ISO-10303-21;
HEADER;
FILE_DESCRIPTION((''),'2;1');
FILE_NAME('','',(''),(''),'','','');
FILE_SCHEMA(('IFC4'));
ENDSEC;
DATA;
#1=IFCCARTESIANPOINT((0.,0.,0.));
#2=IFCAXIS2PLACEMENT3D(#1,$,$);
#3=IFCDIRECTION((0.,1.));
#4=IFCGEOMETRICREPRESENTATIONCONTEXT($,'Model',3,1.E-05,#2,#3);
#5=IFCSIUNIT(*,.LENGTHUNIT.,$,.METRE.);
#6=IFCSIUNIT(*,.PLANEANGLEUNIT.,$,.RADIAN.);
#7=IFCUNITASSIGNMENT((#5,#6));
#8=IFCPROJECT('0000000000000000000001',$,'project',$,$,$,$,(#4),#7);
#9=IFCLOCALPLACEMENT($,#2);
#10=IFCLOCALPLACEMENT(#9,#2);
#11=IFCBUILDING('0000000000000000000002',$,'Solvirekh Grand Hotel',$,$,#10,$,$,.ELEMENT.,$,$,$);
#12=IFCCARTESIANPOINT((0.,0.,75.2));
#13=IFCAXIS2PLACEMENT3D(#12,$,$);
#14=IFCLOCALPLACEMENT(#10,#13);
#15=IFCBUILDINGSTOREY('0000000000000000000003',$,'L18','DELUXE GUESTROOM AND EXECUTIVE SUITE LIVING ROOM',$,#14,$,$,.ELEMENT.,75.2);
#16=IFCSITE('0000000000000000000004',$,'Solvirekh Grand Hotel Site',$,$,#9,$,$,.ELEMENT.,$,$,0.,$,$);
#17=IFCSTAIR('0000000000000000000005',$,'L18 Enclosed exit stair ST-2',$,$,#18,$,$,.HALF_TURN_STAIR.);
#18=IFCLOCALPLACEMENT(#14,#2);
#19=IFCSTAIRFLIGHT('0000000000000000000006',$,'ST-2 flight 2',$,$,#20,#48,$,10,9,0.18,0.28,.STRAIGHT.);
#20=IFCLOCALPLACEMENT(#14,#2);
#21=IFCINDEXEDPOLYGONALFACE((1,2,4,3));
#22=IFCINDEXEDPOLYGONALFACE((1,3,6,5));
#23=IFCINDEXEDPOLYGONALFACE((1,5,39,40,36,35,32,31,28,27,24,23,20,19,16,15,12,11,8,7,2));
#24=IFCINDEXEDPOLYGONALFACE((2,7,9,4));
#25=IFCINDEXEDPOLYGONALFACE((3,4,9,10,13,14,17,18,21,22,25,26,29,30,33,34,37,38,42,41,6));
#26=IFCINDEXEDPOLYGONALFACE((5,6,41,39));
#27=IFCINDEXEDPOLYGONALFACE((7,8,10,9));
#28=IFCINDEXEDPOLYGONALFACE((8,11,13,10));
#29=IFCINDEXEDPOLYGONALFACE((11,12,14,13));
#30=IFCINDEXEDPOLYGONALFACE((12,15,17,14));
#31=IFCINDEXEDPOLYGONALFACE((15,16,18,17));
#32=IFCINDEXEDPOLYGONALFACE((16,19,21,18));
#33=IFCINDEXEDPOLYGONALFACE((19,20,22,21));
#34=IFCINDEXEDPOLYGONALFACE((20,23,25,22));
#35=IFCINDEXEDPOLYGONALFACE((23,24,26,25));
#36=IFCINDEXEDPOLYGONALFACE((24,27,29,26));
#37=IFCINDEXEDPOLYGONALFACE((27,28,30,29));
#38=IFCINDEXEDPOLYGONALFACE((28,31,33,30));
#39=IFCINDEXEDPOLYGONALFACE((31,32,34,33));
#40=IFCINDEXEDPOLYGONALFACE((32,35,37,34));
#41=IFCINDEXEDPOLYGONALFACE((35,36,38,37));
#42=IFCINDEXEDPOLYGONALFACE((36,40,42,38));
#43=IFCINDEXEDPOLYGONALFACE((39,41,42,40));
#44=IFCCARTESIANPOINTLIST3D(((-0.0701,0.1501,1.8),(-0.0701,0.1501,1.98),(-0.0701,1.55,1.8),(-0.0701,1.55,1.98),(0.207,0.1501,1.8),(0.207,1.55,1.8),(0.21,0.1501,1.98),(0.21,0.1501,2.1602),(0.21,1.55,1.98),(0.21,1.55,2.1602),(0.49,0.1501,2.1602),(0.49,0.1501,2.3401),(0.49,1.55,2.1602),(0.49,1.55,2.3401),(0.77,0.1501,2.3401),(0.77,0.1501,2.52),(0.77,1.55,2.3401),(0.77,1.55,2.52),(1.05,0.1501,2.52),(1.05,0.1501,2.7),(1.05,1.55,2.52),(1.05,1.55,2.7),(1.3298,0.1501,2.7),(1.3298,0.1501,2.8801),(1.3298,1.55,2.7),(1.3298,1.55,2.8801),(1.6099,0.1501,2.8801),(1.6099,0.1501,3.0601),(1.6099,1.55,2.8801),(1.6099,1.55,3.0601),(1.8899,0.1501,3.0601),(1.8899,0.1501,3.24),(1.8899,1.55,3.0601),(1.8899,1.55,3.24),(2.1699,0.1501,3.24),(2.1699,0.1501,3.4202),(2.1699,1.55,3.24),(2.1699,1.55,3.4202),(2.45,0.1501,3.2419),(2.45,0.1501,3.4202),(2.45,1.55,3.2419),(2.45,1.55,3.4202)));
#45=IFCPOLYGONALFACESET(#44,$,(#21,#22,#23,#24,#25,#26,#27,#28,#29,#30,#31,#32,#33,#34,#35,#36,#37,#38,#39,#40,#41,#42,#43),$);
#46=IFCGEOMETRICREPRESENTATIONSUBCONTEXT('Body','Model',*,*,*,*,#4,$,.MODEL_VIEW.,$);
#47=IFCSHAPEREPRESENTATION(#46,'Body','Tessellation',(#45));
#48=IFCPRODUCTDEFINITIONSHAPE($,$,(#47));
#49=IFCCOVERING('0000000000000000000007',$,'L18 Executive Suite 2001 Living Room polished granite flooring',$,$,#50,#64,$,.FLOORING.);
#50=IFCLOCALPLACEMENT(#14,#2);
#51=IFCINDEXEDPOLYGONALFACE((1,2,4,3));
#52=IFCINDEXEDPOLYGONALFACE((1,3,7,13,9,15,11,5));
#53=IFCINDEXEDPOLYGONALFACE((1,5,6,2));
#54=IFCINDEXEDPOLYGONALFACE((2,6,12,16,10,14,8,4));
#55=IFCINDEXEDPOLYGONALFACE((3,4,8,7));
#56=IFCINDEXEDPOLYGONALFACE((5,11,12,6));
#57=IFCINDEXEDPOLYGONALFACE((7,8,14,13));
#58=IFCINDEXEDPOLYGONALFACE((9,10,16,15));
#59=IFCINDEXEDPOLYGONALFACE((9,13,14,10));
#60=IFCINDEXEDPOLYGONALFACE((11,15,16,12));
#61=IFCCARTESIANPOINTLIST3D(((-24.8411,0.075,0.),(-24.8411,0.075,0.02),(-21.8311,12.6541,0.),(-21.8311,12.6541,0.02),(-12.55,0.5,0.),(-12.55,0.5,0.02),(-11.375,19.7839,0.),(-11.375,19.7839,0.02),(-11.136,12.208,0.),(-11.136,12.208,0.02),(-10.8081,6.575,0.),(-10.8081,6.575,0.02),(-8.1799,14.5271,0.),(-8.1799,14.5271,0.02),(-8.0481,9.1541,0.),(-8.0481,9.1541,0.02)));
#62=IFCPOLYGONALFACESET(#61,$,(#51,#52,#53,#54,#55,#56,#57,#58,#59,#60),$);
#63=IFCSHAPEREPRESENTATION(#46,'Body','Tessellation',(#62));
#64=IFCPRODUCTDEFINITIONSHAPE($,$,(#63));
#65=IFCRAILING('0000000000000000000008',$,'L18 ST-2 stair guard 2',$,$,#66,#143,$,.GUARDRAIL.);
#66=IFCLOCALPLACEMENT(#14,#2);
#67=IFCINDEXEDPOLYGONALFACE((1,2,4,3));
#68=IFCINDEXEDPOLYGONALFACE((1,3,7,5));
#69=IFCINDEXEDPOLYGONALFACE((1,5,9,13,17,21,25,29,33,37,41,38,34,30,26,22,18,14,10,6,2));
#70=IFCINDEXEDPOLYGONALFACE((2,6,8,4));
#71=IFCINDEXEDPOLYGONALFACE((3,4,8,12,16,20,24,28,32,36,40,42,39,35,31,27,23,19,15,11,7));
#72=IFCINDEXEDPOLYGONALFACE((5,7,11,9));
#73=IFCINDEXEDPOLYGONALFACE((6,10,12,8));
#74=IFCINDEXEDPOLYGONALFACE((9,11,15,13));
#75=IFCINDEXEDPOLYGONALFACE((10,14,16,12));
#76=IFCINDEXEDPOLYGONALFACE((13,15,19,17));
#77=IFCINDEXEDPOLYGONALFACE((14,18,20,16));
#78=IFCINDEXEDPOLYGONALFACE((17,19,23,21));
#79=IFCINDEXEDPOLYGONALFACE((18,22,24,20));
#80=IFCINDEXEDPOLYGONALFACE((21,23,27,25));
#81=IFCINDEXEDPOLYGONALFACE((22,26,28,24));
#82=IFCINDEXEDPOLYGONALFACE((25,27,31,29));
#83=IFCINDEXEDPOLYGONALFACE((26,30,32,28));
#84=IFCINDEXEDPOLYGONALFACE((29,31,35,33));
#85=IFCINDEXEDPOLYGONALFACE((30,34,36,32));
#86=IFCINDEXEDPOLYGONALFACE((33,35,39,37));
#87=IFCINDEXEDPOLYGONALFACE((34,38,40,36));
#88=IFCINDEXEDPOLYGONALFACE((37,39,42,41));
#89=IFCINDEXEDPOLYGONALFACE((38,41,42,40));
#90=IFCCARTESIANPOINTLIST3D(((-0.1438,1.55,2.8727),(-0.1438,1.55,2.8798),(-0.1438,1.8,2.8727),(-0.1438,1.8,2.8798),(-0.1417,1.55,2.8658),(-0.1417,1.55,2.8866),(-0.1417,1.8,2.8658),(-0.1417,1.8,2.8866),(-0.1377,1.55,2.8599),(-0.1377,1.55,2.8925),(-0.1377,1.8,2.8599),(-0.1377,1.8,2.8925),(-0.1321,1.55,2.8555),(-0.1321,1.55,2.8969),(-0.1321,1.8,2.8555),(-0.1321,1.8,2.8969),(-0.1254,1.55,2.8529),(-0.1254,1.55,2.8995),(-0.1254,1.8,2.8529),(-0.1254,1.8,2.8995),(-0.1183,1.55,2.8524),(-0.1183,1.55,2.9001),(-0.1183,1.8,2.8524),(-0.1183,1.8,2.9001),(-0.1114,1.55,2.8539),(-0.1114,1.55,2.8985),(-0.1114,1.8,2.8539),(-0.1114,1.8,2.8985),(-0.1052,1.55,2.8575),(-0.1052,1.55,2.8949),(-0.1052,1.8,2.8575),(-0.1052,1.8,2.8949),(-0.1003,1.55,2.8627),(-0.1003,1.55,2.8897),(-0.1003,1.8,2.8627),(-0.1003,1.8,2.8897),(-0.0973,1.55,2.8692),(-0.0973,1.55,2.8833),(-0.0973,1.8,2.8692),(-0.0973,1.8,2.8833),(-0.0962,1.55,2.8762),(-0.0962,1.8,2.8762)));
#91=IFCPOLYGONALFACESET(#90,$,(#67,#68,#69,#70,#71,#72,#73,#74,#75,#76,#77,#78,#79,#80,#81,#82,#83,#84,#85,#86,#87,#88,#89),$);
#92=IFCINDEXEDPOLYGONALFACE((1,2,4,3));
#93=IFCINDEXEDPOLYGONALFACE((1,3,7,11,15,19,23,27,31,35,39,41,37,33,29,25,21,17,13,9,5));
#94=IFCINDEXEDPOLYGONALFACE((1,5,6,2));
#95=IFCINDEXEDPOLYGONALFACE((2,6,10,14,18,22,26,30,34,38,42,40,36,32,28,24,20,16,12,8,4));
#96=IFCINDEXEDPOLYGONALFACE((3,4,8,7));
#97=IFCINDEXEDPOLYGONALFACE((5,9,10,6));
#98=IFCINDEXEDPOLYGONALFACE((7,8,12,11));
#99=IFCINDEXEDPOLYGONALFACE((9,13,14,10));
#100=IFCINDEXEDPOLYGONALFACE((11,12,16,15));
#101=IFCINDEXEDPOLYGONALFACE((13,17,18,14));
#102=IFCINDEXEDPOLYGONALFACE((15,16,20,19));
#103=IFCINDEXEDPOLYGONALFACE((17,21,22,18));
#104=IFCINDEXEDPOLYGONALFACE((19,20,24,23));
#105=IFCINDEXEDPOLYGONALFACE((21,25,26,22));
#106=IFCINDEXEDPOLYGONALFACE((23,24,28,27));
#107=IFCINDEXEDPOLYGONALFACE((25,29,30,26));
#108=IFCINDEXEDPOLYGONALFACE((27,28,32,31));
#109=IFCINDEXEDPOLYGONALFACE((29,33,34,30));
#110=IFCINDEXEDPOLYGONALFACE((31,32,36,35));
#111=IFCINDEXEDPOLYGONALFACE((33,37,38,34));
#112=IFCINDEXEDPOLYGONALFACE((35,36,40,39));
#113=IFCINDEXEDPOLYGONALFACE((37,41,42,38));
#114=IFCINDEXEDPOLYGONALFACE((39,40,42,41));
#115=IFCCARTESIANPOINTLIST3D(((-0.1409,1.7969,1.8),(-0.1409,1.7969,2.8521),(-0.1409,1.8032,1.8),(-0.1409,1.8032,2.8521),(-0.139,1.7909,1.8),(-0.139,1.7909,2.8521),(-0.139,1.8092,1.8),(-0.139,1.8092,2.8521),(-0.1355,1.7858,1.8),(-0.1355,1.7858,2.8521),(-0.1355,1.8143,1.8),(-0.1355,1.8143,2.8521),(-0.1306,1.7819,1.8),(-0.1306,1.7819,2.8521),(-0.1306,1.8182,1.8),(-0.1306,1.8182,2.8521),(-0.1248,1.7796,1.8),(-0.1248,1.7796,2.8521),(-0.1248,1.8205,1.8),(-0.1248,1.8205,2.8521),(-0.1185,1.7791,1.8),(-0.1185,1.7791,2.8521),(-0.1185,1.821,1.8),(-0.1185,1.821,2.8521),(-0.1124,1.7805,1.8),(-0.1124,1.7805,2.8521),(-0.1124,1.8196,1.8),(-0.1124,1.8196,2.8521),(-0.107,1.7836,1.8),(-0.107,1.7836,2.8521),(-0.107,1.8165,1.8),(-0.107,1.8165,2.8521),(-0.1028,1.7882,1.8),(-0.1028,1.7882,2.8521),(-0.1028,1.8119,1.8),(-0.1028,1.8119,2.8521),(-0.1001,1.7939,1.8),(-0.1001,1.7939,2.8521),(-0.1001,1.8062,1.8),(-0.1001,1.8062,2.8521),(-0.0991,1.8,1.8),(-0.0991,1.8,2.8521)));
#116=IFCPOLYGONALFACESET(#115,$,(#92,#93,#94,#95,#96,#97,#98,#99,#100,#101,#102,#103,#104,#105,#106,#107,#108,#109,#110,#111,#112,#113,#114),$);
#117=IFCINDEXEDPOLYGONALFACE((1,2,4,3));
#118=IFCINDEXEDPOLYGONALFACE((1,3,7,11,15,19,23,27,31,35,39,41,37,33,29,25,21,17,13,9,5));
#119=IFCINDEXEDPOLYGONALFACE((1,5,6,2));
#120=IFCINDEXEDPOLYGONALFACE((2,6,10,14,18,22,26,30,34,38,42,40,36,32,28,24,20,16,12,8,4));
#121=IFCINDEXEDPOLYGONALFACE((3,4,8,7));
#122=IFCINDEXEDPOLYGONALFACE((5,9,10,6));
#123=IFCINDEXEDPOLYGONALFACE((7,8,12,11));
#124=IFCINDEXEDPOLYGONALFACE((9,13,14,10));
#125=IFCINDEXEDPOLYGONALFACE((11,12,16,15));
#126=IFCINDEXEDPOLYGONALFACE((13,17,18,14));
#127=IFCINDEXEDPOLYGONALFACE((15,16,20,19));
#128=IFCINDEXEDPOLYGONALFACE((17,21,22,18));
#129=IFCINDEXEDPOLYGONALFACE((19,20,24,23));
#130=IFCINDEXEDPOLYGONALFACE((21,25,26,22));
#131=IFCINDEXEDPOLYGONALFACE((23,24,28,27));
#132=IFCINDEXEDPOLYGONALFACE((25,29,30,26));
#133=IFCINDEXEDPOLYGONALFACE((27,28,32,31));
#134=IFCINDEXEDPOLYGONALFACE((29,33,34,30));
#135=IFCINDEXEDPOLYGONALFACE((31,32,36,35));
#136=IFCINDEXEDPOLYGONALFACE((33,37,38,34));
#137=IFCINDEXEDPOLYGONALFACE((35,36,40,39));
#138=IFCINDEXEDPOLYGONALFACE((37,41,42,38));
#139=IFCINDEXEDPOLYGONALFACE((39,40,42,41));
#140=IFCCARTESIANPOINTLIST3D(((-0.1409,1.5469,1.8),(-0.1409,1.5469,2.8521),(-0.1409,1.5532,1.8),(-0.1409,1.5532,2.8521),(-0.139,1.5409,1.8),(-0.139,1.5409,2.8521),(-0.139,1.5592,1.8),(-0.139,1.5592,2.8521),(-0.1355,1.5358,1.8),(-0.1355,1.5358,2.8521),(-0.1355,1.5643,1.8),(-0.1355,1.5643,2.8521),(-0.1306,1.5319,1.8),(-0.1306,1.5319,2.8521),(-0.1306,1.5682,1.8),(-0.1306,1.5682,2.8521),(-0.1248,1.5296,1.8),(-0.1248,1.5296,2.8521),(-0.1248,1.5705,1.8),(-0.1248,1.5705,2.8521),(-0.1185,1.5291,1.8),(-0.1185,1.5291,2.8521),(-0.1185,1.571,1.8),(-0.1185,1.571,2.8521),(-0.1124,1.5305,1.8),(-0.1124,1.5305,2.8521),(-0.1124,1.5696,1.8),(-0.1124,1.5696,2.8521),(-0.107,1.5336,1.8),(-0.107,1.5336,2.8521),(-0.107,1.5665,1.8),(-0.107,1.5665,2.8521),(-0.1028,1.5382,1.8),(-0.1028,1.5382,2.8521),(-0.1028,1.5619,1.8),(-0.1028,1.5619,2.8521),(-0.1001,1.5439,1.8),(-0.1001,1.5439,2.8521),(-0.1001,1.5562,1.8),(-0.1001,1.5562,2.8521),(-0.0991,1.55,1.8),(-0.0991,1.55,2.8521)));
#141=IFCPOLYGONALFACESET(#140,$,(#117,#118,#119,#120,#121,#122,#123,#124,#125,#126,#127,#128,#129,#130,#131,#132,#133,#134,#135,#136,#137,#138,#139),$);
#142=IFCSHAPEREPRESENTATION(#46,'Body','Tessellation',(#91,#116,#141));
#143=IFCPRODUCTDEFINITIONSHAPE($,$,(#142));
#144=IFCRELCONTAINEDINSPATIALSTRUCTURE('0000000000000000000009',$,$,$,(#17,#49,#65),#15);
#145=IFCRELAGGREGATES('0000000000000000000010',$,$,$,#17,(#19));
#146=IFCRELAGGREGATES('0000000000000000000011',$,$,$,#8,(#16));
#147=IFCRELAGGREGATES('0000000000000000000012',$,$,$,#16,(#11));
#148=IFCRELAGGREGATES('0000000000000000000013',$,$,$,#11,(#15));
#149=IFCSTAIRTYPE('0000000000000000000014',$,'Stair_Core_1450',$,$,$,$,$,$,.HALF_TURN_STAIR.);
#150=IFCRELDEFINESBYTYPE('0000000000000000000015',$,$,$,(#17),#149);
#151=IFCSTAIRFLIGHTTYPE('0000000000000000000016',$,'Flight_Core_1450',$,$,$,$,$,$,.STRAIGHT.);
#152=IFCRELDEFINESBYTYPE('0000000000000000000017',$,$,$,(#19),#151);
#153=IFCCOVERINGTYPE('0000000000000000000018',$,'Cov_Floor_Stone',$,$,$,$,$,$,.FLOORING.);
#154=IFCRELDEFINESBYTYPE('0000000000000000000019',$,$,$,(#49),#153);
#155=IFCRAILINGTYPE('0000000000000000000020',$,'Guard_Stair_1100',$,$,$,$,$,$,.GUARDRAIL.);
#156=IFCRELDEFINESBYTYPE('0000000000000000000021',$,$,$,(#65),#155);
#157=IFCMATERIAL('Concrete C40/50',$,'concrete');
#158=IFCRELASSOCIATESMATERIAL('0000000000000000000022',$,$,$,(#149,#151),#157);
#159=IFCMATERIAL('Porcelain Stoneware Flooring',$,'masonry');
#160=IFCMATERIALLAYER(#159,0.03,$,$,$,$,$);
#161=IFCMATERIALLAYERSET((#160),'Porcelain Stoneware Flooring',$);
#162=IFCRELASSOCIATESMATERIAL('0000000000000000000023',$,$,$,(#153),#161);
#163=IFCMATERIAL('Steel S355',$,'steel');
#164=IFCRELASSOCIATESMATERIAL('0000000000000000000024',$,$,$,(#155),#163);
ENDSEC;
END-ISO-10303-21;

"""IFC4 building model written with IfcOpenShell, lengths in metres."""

from ifc_helpers import new_model, si_unit, direction, frame, origin, origin_2d, place, context, subcontext, project, spatial, polyline, circle, outline, extrude, material, layer, layer_set, type_object, element, aggregate, save


model = new_model("IFC4")

# Units and contexts
model_context = context("Model", 3, precision=1e-05, world=origin(), true_north=direction((0.0, 1.0)))
body_context = subcontext(model_context, "Body", "Model", "MODEL_VIEW")
ifc_project = project(units=[si_unit("LENGTHUNIT", "METRE"), si_unit("PLANEANGLEUNIT", "RADIAN")], contexts=[model_context])

# Site, building, storey
site_placement = place(None, origin())
site = spatial("IfcSite", under=ifc_project, at=site_placement, Name="Solvirekh Grand Hotel Site", CompositionType="ELEMENT", RefElevation=0.0)
building_placement = place(site_placement, origin())
building = spatial("IfcBuilding", under=site, at=building_placement, Name="Solvirekh Grand Hotel", CompositionType="ELEMENT")
storey_placement = place(building_placement, frame((0.0, 0.0, 75.2)))
storey = spatial("IfcBuildingStorey", under=building, at=storey_placement, Name="L18", Description="DELUXE GUESTROOM AND EXECUTIVE SUITE LIVING ROOM", CompositionType="ELEMENT", Elevation=75.2)

# Shared definitions
ifc_material_1 = material(Name="Concrete C40/50", Category="concrete")

# Stair, stair flight
stair_type = type_object("IfcStairType", Name="Stair_Core_1450", PredefinedType="HALF_TURN_STAIR", material=ifc_material_1)
stair_placement = place(storey_placement, origin())
stair = element("IfcStair", 1, at=stair_placement, inside=storey, type_object=stair_type, Name="L18 Enclosed exit stair ST-2", PredefinedType="HALF_TURN_STAIR")
stair_flight_type = type_object("IfcStairFlightType", Name="Flight_Core_1450", PredefinedType="STRAIGHT", material=ifc_material_1)
stair_flight_placement = place(storey_placement, frame((-0.0701, 0.8501, 1.8), z_axis=(0.0, 0.0, 1.0), x_axis=(1.0, 0.0, 0.0)))
stair_flight = element("IfcStairFlight", 2, at=stair_flight_placement, type_object=stair_flight_type, Name="ST-2 flight 2", NumberOfRisers=10, NumberOfTreads=9, PredefinedType="STRAIGHT", RiserHeight=0.18, TreadLength=0.28, context=body_context, shape_type="SweptSolid", body=[
    extrude(outline(polyline([(0.0, 0.0), (0.0, 0.1799), (0.28, 0.1799), (0.28, 0.3601), (0.5601, 0.3601), (0.5601, 0.54), (0.8401, 0.54), (0.8401, 0.72), (1.1201, 0.72), (1.1201, 0.8999), (1.3999, 0.8999), (1.3999, 1.0801), (1.6799, 1.0801), (1.6799, 1.26), (1.96, 1.26), (1.96, 1.4399), (2.24, 1.4399), (2.24, 1.6201), (2.52, 1.6201), (2.52, 1.8), (2.52, 1.4419), (0.2771, 0.0), (0.0, 0.0)])), frame((0.0, 0.7, 0.0), z_axis=(0.0, -1.0, 0.0), x_axis=(1.0, 0.0, 0.0)), (0.0, 0.0, 1.0), 1.3999),
])
aggregate(stair, [stair_flight])

# Covering
ifc_material_2 = material(Name="Porcelain Stoneware Flooring", Category="masonry")
ifc_layer_1 = layer(ifc_material_2, 0.03)
ifc_layer_set_1 = layer_set([ifc_layer_1], Name="Porcelain Stoneware Flooring")
covering_type = type_object("IfcCoveringType", Name="Cov_Floor_Stone", PredefinedType="FLOORING", material=ifc_layer_set_1)
covering_placement = place(storey_placement, origin())
element("IfcCovering", 3, at=covering_placement, inside=storey, type_object=covering_type, Name="L18 Executive Suite 2001 Living Room polished granite flooring", PredefinedType="FLOORING", context=body_context, shape_type="SweptSolid", body=[
    extrude(outline(polyline([(-11.136, 12.208), (-8.1799, 14.5271), (-11.375, 19.7839), (-21.8311, 12.6541), (-24.8411, 0.075), (-12.55, 0.5), (-10.8081, 6.575), (-8.0481, 9.1541), (-11.136, 12.208)])), origin(), (0.0, 0.0, 1.0), 0.02),
])

# Railing
ifc_material_3 = material(Name="Steel S355", Category="steel")
railing_type_1 = type_object("IfcRailingType", Name="Guard_Stair_1100", PredefinedType="GUARDRAIL", material=ifc_material_3)
railing_1_placement = place(storey_placement, frame((-0.1201, 1.8, 1.8)))
element("IfcRailing", 4, at=railing_1_placement, inside=storey, type_object=railing_type_1, Name="L18 ST-2 stair guard 2", PredefinedType="GUARDRAIL", context=body_context, shape_type="SweptSolid", body=[
    extrude(circle(Radius=0.0239, at=origin_2d()), frame((0.0, 0.0, 1.0762), z_axis=(0.0, -1.0, 0.0), x_axis=(1.0, 0.0, 0.0)), (0.0, 0.0, 1.0), 0.25),
    extrude(circle(Radius=0.021, at=origin_2d()), origin(), (0.0, 0.0, 1.0), 1.052),
    extrude(circle(Radius=0.021, at=origin_2d()), frame((0.0, -0.25, 0.0)), (0.0, 0.0, 1.0), 1.052),
])

save(model, "model.ifc")
